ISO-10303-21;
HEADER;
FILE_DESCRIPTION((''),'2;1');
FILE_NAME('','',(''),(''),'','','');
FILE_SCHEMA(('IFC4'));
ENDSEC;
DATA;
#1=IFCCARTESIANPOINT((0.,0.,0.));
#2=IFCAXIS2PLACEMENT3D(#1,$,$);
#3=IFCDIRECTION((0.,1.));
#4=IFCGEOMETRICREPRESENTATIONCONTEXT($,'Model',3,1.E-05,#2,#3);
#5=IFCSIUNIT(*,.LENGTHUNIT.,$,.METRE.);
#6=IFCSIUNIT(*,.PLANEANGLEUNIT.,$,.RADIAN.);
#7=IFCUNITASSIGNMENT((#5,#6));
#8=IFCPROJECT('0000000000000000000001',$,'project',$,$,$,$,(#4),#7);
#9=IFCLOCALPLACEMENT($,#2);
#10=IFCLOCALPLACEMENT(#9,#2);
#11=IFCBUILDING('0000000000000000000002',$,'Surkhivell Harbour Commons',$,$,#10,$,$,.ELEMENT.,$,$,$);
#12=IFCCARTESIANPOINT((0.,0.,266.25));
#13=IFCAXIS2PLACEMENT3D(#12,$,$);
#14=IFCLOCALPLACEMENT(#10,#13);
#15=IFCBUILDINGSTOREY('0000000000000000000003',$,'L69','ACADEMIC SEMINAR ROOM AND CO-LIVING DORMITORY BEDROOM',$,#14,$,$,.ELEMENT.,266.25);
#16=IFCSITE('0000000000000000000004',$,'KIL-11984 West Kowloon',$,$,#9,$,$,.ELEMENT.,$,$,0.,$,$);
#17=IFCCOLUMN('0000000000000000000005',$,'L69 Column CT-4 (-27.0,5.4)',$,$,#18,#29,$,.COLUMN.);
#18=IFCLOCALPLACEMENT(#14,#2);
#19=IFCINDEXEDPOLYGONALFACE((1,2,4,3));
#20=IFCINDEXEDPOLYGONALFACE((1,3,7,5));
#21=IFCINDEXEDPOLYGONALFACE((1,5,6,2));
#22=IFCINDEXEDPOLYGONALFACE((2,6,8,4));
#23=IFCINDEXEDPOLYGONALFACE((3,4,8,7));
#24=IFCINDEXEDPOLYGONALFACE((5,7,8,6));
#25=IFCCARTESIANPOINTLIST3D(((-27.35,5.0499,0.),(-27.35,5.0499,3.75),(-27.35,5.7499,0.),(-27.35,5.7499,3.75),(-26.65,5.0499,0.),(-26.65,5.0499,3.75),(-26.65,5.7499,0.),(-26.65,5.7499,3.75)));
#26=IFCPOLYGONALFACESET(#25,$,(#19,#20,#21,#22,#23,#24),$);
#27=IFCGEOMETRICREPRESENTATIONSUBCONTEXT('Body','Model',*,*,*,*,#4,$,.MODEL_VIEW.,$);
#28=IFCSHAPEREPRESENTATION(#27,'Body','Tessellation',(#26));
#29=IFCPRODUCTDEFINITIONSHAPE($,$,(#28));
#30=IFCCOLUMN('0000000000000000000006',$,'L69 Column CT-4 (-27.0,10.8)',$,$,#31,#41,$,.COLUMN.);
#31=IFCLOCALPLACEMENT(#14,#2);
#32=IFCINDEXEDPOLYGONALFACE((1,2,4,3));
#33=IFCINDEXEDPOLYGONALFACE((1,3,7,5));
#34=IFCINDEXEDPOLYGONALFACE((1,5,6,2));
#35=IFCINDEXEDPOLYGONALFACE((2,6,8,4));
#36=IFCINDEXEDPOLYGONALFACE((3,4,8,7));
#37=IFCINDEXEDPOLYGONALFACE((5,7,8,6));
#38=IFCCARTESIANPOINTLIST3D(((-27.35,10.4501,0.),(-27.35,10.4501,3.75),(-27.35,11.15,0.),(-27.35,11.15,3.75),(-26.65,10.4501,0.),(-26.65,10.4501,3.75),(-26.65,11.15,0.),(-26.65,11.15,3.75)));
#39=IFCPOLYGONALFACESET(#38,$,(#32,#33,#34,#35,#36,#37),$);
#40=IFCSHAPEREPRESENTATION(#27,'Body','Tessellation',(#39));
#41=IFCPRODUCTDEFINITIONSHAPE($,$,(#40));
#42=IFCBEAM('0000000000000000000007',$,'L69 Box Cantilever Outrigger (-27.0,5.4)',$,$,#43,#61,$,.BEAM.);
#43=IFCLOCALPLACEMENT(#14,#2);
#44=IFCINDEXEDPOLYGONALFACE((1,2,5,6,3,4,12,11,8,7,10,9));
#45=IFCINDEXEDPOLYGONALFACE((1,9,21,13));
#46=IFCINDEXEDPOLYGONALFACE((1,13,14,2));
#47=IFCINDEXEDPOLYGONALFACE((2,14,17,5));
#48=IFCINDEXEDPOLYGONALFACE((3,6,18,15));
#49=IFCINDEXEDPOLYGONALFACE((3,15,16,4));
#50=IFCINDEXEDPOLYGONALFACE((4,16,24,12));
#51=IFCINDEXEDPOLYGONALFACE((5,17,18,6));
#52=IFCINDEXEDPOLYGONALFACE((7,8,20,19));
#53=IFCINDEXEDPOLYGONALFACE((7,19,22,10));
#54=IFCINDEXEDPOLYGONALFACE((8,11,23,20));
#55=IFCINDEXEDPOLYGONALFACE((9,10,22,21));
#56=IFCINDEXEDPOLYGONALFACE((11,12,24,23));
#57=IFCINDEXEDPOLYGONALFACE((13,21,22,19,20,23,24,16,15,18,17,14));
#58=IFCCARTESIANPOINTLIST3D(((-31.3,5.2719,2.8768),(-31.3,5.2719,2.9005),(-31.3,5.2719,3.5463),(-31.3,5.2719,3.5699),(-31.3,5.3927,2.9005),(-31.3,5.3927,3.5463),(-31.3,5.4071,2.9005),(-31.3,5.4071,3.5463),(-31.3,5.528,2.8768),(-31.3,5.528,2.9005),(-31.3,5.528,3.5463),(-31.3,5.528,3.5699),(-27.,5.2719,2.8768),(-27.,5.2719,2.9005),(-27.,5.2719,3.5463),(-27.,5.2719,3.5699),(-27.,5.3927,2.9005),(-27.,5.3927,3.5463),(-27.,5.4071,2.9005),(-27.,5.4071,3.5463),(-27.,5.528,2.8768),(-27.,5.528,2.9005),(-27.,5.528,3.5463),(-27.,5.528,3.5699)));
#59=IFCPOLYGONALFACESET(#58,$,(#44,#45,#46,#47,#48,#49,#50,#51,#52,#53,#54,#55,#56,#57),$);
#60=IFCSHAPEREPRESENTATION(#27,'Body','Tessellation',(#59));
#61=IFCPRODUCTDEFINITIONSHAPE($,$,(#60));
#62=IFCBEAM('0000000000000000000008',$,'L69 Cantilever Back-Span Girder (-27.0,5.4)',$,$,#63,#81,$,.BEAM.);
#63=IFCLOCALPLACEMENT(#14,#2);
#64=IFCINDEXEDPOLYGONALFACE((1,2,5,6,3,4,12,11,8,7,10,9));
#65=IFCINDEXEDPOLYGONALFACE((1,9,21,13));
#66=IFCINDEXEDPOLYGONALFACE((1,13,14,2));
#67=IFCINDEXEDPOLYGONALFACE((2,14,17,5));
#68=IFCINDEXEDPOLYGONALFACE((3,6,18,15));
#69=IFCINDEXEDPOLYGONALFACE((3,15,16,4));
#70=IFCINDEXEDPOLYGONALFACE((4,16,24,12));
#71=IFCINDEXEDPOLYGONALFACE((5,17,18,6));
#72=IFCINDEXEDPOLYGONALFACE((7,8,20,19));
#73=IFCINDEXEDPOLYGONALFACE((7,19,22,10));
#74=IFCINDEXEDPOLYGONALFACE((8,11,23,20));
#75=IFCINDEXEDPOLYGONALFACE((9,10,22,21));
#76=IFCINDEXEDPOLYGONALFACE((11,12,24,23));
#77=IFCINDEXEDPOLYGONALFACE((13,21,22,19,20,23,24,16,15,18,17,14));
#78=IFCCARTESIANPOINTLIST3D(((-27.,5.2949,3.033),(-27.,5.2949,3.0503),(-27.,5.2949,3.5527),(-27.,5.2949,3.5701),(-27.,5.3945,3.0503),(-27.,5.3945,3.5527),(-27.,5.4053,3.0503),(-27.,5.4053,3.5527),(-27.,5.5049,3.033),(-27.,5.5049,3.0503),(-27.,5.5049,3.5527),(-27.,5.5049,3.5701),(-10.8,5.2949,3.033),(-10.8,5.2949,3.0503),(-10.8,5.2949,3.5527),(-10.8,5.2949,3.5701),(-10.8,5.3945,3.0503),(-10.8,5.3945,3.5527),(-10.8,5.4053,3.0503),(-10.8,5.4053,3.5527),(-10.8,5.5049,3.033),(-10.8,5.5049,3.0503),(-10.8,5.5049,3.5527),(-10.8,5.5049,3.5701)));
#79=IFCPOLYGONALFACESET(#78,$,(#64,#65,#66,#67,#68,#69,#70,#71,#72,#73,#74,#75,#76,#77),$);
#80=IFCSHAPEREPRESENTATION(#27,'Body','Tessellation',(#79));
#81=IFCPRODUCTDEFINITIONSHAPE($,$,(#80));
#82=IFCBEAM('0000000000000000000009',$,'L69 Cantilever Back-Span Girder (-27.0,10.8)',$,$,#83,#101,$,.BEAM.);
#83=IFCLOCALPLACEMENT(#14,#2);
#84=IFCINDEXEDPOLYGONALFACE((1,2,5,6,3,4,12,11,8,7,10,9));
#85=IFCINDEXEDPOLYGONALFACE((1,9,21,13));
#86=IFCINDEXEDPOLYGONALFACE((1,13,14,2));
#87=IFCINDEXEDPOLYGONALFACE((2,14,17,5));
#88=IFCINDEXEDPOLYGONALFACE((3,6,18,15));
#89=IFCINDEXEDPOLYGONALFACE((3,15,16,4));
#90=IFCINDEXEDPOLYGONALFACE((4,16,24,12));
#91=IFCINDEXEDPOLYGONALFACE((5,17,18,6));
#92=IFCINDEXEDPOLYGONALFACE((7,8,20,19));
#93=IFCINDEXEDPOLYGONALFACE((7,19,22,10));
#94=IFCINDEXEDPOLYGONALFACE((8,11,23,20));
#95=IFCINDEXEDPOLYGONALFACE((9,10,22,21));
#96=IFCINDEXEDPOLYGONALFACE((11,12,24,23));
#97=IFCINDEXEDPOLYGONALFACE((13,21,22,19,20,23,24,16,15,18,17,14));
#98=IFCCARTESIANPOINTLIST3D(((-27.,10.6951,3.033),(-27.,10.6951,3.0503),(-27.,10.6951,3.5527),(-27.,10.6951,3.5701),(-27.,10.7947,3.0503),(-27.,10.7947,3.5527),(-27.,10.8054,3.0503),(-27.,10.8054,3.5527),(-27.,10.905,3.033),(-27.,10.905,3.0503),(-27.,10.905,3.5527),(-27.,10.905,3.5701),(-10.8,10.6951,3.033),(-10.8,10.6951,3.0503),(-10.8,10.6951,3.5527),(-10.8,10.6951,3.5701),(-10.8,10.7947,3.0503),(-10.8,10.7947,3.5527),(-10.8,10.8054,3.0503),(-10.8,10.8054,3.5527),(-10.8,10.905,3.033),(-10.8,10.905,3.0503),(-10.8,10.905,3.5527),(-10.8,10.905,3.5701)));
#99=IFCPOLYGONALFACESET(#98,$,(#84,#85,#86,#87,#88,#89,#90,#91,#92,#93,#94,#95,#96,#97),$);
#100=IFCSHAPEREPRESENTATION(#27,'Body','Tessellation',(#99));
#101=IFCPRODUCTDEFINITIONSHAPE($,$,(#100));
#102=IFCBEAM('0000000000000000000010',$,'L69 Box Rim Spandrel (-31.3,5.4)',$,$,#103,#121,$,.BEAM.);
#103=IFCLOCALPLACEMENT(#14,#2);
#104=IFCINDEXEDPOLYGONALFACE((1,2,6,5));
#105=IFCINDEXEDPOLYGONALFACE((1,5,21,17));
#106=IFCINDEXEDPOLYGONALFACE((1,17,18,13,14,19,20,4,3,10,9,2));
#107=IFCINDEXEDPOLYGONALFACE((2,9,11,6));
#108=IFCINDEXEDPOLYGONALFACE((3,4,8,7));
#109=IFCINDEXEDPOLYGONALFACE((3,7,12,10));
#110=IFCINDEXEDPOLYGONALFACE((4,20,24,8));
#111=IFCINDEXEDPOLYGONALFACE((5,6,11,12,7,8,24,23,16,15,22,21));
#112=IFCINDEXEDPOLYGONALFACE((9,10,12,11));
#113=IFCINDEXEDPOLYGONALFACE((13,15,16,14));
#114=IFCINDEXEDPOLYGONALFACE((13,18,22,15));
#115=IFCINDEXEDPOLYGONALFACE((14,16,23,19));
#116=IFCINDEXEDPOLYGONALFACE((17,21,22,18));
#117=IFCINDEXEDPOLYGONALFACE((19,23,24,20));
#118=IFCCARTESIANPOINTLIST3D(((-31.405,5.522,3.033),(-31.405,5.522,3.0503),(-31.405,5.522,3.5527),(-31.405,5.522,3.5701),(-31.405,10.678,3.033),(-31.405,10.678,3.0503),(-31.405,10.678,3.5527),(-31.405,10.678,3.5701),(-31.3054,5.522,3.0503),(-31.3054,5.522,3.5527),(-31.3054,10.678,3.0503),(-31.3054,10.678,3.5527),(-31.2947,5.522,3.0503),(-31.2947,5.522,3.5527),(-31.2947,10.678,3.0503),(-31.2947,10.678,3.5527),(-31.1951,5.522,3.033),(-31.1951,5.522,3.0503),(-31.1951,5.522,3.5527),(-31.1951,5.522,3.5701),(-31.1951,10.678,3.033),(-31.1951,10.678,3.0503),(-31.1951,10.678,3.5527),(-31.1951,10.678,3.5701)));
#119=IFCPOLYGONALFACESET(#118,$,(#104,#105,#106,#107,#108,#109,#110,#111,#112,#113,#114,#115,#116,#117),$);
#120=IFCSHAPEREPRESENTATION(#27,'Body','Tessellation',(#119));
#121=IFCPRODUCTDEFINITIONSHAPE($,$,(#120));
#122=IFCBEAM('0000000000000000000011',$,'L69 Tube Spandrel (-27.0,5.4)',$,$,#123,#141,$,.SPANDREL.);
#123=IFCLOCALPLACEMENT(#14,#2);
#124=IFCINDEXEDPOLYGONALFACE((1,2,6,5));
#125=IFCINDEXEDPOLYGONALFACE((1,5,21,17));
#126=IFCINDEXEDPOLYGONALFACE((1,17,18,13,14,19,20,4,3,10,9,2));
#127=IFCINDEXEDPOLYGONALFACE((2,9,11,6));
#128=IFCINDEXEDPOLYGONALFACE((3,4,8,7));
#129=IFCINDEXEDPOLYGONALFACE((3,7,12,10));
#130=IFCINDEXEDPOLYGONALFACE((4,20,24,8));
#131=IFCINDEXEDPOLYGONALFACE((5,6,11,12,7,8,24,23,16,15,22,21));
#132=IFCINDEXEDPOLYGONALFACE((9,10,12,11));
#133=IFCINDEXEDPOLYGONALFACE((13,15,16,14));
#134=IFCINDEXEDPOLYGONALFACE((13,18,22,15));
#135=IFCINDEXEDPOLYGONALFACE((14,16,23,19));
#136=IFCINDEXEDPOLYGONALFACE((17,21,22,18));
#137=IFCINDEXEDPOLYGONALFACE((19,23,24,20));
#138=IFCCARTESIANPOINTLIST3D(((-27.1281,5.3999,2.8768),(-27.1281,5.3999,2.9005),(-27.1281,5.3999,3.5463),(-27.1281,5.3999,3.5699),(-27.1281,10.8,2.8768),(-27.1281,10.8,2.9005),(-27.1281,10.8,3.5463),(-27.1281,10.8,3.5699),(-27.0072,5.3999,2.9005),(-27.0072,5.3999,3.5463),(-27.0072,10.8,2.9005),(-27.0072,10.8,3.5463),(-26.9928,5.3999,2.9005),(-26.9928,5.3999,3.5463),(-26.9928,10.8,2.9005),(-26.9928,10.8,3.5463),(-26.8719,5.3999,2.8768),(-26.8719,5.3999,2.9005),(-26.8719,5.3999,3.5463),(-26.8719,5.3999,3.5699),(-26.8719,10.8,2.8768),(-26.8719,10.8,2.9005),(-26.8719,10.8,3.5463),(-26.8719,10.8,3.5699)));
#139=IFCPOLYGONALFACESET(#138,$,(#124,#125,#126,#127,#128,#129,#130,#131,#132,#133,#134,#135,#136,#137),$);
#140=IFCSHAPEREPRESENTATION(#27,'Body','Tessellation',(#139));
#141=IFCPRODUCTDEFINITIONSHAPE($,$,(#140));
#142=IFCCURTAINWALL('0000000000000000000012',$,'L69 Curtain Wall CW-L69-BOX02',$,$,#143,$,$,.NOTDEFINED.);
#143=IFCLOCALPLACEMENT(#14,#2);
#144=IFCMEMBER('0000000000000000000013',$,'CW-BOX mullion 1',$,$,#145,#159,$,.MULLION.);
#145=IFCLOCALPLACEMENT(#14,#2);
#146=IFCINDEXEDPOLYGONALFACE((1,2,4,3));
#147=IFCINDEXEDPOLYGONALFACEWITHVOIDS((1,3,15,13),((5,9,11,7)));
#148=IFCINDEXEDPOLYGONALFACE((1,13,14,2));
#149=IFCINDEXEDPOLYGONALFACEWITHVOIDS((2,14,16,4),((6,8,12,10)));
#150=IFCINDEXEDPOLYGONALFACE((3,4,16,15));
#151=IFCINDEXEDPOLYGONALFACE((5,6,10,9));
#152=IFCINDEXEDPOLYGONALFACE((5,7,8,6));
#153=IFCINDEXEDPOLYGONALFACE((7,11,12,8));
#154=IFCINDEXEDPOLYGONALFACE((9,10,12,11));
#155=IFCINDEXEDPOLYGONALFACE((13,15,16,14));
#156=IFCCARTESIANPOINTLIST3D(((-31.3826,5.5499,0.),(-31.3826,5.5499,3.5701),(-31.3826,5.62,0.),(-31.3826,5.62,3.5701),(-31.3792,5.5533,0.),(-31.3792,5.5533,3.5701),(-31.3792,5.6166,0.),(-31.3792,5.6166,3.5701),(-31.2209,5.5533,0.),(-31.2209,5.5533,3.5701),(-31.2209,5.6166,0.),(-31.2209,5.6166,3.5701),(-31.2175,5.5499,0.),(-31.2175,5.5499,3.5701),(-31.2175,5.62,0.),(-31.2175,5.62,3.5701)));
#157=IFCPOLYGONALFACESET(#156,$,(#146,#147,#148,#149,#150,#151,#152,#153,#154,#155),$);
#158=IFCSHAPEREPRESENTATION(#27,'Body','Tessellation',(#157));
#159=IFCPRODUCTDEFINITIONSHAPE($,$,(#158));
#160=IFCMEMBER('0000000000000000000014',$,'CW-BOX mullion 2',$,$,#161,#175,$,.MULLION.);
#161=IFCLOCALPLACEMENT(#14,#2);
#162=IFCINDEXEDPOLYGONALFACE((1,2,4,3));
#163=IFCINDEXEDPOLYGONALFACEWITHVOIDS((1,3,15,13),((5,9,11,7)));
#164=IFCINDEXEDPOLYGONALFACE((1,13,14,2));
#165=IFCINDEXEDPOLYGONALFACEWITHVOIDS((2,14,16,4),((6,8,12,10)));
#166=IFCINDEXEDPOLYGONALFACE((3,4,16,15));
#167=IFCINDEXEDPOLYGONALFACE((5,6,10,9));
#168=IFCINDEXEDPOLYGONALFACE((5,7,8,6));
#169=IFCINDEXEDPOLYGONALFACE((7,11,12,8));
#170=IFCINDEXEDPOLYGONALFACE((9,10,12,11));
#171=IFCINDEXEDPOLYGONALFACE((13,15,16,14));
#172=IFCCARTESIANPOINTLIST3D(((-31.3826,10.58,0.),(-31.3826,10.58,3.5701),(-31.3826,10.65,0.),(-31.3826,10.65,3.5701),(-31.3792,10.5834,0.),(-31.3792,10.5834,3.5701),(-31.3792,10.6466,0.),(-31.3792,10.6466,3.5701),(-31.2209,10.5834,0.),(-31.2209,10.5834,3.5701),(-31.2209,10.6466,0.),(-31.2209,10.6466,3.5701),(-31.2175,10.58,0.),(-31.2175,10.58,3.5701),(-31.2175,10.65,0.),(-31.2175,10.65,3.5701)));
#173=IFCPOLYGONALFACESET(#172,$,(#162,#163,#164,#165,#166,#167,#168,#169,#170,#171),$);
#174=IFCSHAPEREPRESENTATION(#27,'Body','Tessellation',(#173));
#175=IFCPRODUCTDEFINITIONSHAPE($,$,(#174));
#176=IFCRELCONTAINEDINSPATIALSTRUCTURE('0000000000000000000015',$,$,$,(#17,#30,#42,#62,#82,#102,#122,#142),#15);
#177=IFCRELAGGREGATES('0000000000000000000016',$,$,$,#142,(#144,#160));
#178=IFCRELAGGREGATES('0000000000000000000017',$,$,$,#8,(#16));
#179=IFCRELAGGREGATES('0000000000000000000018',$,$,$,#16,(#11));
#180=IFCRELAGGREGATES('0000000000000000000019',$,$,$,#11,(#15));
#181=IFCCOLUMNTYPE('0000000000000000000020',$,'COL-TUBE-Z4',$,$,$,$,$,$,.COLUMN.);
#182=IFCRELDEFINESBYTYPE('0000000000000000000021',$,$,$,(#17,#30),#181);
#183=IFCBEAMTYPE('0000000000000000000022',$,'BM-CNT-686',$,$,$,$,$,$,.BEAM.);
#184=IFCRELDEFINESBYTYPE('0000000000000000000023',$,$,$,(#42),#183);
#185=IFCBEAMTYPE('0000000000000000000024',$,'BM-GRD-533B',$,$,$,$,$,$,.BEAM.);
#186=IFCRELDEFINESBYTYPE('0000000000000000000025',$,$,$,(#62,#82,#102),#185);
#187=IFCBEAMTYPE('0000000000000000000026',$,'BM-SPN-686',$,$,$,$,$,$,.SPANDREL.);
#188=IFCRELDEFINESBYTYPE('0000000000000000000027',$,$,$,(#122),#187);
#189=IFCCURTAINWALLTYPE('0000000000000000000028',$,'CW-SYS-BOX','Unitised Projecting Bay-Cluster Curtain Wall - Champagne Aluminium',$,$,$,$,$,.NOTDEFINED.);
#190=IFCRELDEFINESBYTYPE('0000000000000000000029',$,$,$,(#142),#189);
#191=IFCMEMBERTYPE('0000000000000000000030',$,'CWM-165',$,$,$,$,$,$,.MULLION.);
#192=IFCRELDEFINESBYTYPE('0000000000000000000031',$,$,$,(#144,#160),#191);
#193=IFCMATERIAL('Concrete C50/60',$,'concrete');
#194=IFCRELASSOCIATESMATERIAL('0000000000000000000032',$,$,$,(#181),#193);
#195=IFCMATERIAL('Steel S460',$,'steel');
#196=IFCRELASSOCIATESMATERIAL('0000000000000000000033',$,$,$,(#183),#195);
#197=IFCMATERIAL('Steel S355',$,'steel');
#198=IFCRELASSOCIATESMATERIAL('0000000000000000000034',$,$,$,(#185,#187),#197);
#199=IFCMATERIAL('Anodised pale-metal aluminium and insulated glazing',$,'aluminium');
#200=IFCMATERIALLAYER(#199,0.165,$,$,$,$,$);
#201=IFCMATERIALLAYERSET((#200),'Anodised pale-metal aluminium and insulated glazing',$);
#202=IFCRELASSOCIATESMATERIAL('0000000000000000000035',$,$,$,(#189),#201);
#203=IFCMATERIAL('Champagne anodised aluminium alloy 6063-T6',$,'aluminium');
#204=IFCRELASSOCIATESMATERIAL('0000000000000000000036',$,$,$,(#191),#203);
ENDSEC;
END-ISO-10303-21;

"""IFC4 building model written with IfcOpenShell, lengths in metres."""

from ifc_helpers import new_model, si_unit, direction, frame, origin, origin_2d, place, context, subcontext, project, spatial, rectangle, hollow_rectangle, i_section, extrude, material, layer, layer_set, material_profile, profile_set, type_object, element, aggregate, save


model = new_model("IFC4")

# Units and contexts
model_context = context("Model", 3, precision=1e-05, world=origin(), true_north=direction((0.0, 1.0)))
body_context = subcontext(model_context, "Body", "Model", "MODEL_VIEW")
ifc_project = project(units=[si_unit("LENGTHUNIT", "METRE"), si_unit("PLANEANGLEUNIT", "RADIAN")], contexts=[model_context])

# Site, building, storey
site_placement = place(None, origin())
site = spatial("IfcSite", under=ifc_project, at=site_placement, Name="KIL-11984 West Kowloon", CompositionType="ELEMENT", RefElevation=0.0)
building_placement = place(site_placement, origin())
building = spatial("IfcBuilding", under=site, at=building_placement, Name="Surkhivell Harbour Commons", CompositionType="ELEMENT")
storey_placement = place(building_placement, frame((0.0, 0.0, 266.25)))
storey = spatial("IfcBuildingStorey", under=building, at=storey_placement, Name="L69", Description="ACADEMIC SEMINAR ROOM AND CO-LIVING DORMITORY BEDROOM", CompositionType="ELEMENT", Elevation=266.25)

# Columns
ifc_material_1 = material(Name="Concrete C50/60", Category="concrete")
ifc_material_profile_1 = material_profile(ifc_material_1, rectangle(XDim=0.7, YDim=0.7, at=origin_2d()), Name="RC-COL-700x700")
ifc_profile_set_1 = profile_set([ifc_material_profile_1], Name="Concrete C50/60")
column_type = type_object("IfcColumnType", Name="COL-TUBE-Z4", PredefinedType="COLUMN", material=ifc_profile_set_1)
for number, where, z_axis, x_axis, name in (
    (1, (-27.0, 5.3999, 0.0), (0.0, 0.0, 1.0), (1.0, 0.0, 0.0), "L69 Column CT-4 (-27.0,5.4)"),
    (2, (-27.0, 10.8, 0.0), (0.0, 0.0, 1.0), (1.0, 0.0, 0.0), "L69 Column CT-4 (-27.0,10.8)"),
):
    element("IfcColumn", number, at=place(storey_placement, frame(where, z_axis=z_axis, x_axis=x_axis)), inside=storey, type_object=column_type, Name=name, PredefinedType="COLUMN", context=body_context, shape_type="SweptSolid", body=[
        extrude(rectangle(XDim=0.7, YDim=0.7, at=origin_2d()), origin(), (0.0, 0.0, 1.0), 3.75),
    ])

# Beams
ifc_material_2 = material(Name="Steel S460", Category="steel")
ifc_material_profile_2 = material_profile(ifc_material_2, i_section(OverallWidth=0.2561, OverallDepth=0.6931, WebThickness=0.0144, FlangeThickness=0.0237, at=origin_2d()), Name="UB686x254x170")
ifc_profile_set_2 = profile_set([ifc_material_profile_2], Name="Steel S460")
beam_type_1 = type_object("IfcBeamType", Name="BM-CNT-686", PredefinedType="BEAM", material=ifc_profile_set_2)
beam_1_placement = place(storey_placement, frame((-27.0, 5.3999, 3.2234), z_axis=(-1.0, 0.0, 0.0), x_axis=(0.0, -1.0, 0.0)))
element("IfcBeam", 3, at=beam_1_placement, inside=storey, type_object=beam_type_1, Name="L69 Box Cantilever Outrigger (-27.0,5.4)", PredefinedType="BEAM", context=body_context, shape_type="SweptSolid", body=[
    extrude(i_section(OverallWidth=0.2561, OverallDepth=0.6931, WebThickness=0.0144, FlangeThickness=0.0237, at=origin_2d()), origin(), (0.0, 0.0, 1.0), 4.3),
])
ifc_material_3 = material(Name="Steel S355", Category="steel")
ifc_material_profile_3 = material_profile(ifc_material_3, i_section(OverallWidth=0.21, OverallDepth=0.5371, WebThickness=0.0107, FlangeThickness=0.0173, at=origin_2d()), Name="UB533x210x101")
ifc_profile_set_3 = profile_set([ifc_material_profile_3], Name="Steel S355")
beam_type_2 = type_object("IfcBeamType", Name="BM-GRD-533B", PredefinedType="BEAM", material=ifc_profile_set_3)
for number, where, z_axis, x_axis, name in (
    (4, (-27.0, 5.3999, 3.3015), (1.0, 0.0, 0.0), (0.0, 1.0, 0.0), "L69 Cantilever Back-Span Girder (-27.0,5.4)"),
    (5, (-27.0, 10.8, 3.3015), (1.0, 0.0, 0.0), (0.0, 1.0, 0.0), "L69 Cantilever Back-Span Girder (-27.0,10.8)"),
):
    element("IfcBeam", number, at=place(storey_placement, frame(where, z_axis=z_axis, x_axis=x_axis)), inside=storey, type_object=beam_type_2, Name=name, PredefinedType="BEAM", context=body_context, shape_type="SweptSolid", body=[
        extrude(i_section(OverallWidth=0.21, OverallDepth=0.5371, WebThickness=0.0107, FlangeThickness=0.0173, at=origin_2d()), origin(), (0.0, 0.0, 1.0), 16.2),
    ])
beam_2_placement = place(storey_placement, frame((-31.3, 5.522, 3.3015), z_axis=(0.0, 1.0, 0.0), x_axis=(-1.0, 0.0, 0.0)))
element("IfcBeam", 6, at=beam_2_placement, inside=storey, type_object=beam_type_2, Name="L69 Box Rim Spandrel (-31.3,5.4)", PredefinedType="BEAM", context=body_context, shape_type="SweptSolid", body=[
    extrude(i_section(OverallWidth=0.21, OverallDepth=0.5371, WebThickness=0.0107, FlangeThickness=0.0173, at=origin_2d()), origin(), (0.0, 0.0, 1.0), 5.156),
])
ifc_material_profile_4 = material_profile(ifc_material_3, i_section(OverallWidth=0.2561, OverallDepth=0.6931, WebThickness=0.0144, FlangeThickness=0.0237, at=origin_2d()), Name="UB686x254x170")
ifc_profile_set_4 = profile_set([ifc_material_profile_4], Name="Steel S355")
beam_type_3 = type_object("IfcBeamType", Name="BM-SPN-686", PredefinedType="SPANDREL", material=ifc_profile_set_4)
beam_3_placement = place(storey_placement, frame((-27.0, 5.3999, 3.2234), z_axis=(0.0, 1.0, 0.0), x_axis=(-1.0, 0.0, 0.0)))
element("IfcBeam", 7, at=beam_3_placement, inside=storey, type_object=beam_type_3, Name="L69 Tube Spandrel (-27.0,5.4)", PredefinedType="SPANDREL", context=body_context, shape_type="SweptSolid", body=[
    extrude(i_section(OverallWidth=0.2561, OverallDepth=0.6931, WebThickness=0.0144, FlangeThickness=0.0237, at=origin_2d()), origin(), (0.0, 0.0, 1.0), 5.4001),
])

# Curtain wall, members
ifc_material_4 = material(Name="Anodised pale-metal aluminium and insulated glazing", Category="aluminium")
ifc_layer_1 = layer(ifc_material_4, 0.165)
ifc_layer_set_1 = layer_set([ifc_layer_1], Name="Anodised pale-metal aluminium and insulated glazing")
curtain_wall_type_1 = type_object("IfcCurtainWallType", Name="CW-SYS-BOX", Description="Unitised Projecting Bay-Cluster Curtain Wall - Champagne Aluminium", PredefinedType="NOTDEFINED", material=ifc_layer_set_1)
curtain_wall_1_placement = place(storey_placement, origin())
curtain_wall_1 = element("IfcCurtainWall", 8, at=curtain_wall_1_placement, inside=storey, type_object=curtain_wall_type_1, Name="L69 Curtain Wall CW-L69-BOX02", PredefinedType="NOTDEFINED")
ifc_material_5 = material(Name="Champagne anodised aluminium alloy 6063-T6", Category="aluminium")
ifc_material_profile_5 = material_profile(ifc_material_5, hollow_rectangle(XDim=0.0701, YDim=0.165, WallThickness=0.0034, at=origin_2d()), Name="ALU-MULL-70x165")
ifc_profile_set_5 = profile_set([ifc_material_profile_5], Name="Champagne anodised aluminium alloy 6063-T6")
member_type_1 = type_object("IfcMemberType", Name="CWM-165", PredefinedType="MULLION", material=ifc_profile_set_5)
member_1_placement = place(storey_placement, frame((-31.3, 5.585, 0.0), z_axis=(0.0, 0.0, 1.0), x_axis=(0.0, 1.0, 0.0)))
member_1 = element("IfcMember", 9, at=member_1_placement, type_object=member_type_1, Name="CW-BOX mullion 1", PredefinedType="MULLION", context=body_context, shape_type="SweptSolid", body=[
    extrude(hollow_rectangle(XDim=0.0701, YDim=0.165, WallThickness=0.0034, at=origin_2d()), origin(), (0.0, 0.0, 1.0), 3.5701),
])
member_2_placement = place(storey_placement, frame((-31.3, 10.615, 0.0), z_axis=(0.0, 0.0, 1.0), x_axis=(0.0, 1.0, 0.0)))
member_2 = element("IfcMember", 10, at=member_2_placement, type_object=member_type_1, Name="CW-BOX mullion 2", PredefinedType="MULLION", context=body_context, shape_type="SweptSolid", body=[
    extrude(hollow_rectangle(XDim=0.0701, YDim=0.165, WallThickness=0.0034, at=origin_2d()), origin(), (0.0, 0.0, 1.0), 3.5701),
])

aggregate(curtain_wall_1, [member_1, member_2])

save(model, "model.ifc")
